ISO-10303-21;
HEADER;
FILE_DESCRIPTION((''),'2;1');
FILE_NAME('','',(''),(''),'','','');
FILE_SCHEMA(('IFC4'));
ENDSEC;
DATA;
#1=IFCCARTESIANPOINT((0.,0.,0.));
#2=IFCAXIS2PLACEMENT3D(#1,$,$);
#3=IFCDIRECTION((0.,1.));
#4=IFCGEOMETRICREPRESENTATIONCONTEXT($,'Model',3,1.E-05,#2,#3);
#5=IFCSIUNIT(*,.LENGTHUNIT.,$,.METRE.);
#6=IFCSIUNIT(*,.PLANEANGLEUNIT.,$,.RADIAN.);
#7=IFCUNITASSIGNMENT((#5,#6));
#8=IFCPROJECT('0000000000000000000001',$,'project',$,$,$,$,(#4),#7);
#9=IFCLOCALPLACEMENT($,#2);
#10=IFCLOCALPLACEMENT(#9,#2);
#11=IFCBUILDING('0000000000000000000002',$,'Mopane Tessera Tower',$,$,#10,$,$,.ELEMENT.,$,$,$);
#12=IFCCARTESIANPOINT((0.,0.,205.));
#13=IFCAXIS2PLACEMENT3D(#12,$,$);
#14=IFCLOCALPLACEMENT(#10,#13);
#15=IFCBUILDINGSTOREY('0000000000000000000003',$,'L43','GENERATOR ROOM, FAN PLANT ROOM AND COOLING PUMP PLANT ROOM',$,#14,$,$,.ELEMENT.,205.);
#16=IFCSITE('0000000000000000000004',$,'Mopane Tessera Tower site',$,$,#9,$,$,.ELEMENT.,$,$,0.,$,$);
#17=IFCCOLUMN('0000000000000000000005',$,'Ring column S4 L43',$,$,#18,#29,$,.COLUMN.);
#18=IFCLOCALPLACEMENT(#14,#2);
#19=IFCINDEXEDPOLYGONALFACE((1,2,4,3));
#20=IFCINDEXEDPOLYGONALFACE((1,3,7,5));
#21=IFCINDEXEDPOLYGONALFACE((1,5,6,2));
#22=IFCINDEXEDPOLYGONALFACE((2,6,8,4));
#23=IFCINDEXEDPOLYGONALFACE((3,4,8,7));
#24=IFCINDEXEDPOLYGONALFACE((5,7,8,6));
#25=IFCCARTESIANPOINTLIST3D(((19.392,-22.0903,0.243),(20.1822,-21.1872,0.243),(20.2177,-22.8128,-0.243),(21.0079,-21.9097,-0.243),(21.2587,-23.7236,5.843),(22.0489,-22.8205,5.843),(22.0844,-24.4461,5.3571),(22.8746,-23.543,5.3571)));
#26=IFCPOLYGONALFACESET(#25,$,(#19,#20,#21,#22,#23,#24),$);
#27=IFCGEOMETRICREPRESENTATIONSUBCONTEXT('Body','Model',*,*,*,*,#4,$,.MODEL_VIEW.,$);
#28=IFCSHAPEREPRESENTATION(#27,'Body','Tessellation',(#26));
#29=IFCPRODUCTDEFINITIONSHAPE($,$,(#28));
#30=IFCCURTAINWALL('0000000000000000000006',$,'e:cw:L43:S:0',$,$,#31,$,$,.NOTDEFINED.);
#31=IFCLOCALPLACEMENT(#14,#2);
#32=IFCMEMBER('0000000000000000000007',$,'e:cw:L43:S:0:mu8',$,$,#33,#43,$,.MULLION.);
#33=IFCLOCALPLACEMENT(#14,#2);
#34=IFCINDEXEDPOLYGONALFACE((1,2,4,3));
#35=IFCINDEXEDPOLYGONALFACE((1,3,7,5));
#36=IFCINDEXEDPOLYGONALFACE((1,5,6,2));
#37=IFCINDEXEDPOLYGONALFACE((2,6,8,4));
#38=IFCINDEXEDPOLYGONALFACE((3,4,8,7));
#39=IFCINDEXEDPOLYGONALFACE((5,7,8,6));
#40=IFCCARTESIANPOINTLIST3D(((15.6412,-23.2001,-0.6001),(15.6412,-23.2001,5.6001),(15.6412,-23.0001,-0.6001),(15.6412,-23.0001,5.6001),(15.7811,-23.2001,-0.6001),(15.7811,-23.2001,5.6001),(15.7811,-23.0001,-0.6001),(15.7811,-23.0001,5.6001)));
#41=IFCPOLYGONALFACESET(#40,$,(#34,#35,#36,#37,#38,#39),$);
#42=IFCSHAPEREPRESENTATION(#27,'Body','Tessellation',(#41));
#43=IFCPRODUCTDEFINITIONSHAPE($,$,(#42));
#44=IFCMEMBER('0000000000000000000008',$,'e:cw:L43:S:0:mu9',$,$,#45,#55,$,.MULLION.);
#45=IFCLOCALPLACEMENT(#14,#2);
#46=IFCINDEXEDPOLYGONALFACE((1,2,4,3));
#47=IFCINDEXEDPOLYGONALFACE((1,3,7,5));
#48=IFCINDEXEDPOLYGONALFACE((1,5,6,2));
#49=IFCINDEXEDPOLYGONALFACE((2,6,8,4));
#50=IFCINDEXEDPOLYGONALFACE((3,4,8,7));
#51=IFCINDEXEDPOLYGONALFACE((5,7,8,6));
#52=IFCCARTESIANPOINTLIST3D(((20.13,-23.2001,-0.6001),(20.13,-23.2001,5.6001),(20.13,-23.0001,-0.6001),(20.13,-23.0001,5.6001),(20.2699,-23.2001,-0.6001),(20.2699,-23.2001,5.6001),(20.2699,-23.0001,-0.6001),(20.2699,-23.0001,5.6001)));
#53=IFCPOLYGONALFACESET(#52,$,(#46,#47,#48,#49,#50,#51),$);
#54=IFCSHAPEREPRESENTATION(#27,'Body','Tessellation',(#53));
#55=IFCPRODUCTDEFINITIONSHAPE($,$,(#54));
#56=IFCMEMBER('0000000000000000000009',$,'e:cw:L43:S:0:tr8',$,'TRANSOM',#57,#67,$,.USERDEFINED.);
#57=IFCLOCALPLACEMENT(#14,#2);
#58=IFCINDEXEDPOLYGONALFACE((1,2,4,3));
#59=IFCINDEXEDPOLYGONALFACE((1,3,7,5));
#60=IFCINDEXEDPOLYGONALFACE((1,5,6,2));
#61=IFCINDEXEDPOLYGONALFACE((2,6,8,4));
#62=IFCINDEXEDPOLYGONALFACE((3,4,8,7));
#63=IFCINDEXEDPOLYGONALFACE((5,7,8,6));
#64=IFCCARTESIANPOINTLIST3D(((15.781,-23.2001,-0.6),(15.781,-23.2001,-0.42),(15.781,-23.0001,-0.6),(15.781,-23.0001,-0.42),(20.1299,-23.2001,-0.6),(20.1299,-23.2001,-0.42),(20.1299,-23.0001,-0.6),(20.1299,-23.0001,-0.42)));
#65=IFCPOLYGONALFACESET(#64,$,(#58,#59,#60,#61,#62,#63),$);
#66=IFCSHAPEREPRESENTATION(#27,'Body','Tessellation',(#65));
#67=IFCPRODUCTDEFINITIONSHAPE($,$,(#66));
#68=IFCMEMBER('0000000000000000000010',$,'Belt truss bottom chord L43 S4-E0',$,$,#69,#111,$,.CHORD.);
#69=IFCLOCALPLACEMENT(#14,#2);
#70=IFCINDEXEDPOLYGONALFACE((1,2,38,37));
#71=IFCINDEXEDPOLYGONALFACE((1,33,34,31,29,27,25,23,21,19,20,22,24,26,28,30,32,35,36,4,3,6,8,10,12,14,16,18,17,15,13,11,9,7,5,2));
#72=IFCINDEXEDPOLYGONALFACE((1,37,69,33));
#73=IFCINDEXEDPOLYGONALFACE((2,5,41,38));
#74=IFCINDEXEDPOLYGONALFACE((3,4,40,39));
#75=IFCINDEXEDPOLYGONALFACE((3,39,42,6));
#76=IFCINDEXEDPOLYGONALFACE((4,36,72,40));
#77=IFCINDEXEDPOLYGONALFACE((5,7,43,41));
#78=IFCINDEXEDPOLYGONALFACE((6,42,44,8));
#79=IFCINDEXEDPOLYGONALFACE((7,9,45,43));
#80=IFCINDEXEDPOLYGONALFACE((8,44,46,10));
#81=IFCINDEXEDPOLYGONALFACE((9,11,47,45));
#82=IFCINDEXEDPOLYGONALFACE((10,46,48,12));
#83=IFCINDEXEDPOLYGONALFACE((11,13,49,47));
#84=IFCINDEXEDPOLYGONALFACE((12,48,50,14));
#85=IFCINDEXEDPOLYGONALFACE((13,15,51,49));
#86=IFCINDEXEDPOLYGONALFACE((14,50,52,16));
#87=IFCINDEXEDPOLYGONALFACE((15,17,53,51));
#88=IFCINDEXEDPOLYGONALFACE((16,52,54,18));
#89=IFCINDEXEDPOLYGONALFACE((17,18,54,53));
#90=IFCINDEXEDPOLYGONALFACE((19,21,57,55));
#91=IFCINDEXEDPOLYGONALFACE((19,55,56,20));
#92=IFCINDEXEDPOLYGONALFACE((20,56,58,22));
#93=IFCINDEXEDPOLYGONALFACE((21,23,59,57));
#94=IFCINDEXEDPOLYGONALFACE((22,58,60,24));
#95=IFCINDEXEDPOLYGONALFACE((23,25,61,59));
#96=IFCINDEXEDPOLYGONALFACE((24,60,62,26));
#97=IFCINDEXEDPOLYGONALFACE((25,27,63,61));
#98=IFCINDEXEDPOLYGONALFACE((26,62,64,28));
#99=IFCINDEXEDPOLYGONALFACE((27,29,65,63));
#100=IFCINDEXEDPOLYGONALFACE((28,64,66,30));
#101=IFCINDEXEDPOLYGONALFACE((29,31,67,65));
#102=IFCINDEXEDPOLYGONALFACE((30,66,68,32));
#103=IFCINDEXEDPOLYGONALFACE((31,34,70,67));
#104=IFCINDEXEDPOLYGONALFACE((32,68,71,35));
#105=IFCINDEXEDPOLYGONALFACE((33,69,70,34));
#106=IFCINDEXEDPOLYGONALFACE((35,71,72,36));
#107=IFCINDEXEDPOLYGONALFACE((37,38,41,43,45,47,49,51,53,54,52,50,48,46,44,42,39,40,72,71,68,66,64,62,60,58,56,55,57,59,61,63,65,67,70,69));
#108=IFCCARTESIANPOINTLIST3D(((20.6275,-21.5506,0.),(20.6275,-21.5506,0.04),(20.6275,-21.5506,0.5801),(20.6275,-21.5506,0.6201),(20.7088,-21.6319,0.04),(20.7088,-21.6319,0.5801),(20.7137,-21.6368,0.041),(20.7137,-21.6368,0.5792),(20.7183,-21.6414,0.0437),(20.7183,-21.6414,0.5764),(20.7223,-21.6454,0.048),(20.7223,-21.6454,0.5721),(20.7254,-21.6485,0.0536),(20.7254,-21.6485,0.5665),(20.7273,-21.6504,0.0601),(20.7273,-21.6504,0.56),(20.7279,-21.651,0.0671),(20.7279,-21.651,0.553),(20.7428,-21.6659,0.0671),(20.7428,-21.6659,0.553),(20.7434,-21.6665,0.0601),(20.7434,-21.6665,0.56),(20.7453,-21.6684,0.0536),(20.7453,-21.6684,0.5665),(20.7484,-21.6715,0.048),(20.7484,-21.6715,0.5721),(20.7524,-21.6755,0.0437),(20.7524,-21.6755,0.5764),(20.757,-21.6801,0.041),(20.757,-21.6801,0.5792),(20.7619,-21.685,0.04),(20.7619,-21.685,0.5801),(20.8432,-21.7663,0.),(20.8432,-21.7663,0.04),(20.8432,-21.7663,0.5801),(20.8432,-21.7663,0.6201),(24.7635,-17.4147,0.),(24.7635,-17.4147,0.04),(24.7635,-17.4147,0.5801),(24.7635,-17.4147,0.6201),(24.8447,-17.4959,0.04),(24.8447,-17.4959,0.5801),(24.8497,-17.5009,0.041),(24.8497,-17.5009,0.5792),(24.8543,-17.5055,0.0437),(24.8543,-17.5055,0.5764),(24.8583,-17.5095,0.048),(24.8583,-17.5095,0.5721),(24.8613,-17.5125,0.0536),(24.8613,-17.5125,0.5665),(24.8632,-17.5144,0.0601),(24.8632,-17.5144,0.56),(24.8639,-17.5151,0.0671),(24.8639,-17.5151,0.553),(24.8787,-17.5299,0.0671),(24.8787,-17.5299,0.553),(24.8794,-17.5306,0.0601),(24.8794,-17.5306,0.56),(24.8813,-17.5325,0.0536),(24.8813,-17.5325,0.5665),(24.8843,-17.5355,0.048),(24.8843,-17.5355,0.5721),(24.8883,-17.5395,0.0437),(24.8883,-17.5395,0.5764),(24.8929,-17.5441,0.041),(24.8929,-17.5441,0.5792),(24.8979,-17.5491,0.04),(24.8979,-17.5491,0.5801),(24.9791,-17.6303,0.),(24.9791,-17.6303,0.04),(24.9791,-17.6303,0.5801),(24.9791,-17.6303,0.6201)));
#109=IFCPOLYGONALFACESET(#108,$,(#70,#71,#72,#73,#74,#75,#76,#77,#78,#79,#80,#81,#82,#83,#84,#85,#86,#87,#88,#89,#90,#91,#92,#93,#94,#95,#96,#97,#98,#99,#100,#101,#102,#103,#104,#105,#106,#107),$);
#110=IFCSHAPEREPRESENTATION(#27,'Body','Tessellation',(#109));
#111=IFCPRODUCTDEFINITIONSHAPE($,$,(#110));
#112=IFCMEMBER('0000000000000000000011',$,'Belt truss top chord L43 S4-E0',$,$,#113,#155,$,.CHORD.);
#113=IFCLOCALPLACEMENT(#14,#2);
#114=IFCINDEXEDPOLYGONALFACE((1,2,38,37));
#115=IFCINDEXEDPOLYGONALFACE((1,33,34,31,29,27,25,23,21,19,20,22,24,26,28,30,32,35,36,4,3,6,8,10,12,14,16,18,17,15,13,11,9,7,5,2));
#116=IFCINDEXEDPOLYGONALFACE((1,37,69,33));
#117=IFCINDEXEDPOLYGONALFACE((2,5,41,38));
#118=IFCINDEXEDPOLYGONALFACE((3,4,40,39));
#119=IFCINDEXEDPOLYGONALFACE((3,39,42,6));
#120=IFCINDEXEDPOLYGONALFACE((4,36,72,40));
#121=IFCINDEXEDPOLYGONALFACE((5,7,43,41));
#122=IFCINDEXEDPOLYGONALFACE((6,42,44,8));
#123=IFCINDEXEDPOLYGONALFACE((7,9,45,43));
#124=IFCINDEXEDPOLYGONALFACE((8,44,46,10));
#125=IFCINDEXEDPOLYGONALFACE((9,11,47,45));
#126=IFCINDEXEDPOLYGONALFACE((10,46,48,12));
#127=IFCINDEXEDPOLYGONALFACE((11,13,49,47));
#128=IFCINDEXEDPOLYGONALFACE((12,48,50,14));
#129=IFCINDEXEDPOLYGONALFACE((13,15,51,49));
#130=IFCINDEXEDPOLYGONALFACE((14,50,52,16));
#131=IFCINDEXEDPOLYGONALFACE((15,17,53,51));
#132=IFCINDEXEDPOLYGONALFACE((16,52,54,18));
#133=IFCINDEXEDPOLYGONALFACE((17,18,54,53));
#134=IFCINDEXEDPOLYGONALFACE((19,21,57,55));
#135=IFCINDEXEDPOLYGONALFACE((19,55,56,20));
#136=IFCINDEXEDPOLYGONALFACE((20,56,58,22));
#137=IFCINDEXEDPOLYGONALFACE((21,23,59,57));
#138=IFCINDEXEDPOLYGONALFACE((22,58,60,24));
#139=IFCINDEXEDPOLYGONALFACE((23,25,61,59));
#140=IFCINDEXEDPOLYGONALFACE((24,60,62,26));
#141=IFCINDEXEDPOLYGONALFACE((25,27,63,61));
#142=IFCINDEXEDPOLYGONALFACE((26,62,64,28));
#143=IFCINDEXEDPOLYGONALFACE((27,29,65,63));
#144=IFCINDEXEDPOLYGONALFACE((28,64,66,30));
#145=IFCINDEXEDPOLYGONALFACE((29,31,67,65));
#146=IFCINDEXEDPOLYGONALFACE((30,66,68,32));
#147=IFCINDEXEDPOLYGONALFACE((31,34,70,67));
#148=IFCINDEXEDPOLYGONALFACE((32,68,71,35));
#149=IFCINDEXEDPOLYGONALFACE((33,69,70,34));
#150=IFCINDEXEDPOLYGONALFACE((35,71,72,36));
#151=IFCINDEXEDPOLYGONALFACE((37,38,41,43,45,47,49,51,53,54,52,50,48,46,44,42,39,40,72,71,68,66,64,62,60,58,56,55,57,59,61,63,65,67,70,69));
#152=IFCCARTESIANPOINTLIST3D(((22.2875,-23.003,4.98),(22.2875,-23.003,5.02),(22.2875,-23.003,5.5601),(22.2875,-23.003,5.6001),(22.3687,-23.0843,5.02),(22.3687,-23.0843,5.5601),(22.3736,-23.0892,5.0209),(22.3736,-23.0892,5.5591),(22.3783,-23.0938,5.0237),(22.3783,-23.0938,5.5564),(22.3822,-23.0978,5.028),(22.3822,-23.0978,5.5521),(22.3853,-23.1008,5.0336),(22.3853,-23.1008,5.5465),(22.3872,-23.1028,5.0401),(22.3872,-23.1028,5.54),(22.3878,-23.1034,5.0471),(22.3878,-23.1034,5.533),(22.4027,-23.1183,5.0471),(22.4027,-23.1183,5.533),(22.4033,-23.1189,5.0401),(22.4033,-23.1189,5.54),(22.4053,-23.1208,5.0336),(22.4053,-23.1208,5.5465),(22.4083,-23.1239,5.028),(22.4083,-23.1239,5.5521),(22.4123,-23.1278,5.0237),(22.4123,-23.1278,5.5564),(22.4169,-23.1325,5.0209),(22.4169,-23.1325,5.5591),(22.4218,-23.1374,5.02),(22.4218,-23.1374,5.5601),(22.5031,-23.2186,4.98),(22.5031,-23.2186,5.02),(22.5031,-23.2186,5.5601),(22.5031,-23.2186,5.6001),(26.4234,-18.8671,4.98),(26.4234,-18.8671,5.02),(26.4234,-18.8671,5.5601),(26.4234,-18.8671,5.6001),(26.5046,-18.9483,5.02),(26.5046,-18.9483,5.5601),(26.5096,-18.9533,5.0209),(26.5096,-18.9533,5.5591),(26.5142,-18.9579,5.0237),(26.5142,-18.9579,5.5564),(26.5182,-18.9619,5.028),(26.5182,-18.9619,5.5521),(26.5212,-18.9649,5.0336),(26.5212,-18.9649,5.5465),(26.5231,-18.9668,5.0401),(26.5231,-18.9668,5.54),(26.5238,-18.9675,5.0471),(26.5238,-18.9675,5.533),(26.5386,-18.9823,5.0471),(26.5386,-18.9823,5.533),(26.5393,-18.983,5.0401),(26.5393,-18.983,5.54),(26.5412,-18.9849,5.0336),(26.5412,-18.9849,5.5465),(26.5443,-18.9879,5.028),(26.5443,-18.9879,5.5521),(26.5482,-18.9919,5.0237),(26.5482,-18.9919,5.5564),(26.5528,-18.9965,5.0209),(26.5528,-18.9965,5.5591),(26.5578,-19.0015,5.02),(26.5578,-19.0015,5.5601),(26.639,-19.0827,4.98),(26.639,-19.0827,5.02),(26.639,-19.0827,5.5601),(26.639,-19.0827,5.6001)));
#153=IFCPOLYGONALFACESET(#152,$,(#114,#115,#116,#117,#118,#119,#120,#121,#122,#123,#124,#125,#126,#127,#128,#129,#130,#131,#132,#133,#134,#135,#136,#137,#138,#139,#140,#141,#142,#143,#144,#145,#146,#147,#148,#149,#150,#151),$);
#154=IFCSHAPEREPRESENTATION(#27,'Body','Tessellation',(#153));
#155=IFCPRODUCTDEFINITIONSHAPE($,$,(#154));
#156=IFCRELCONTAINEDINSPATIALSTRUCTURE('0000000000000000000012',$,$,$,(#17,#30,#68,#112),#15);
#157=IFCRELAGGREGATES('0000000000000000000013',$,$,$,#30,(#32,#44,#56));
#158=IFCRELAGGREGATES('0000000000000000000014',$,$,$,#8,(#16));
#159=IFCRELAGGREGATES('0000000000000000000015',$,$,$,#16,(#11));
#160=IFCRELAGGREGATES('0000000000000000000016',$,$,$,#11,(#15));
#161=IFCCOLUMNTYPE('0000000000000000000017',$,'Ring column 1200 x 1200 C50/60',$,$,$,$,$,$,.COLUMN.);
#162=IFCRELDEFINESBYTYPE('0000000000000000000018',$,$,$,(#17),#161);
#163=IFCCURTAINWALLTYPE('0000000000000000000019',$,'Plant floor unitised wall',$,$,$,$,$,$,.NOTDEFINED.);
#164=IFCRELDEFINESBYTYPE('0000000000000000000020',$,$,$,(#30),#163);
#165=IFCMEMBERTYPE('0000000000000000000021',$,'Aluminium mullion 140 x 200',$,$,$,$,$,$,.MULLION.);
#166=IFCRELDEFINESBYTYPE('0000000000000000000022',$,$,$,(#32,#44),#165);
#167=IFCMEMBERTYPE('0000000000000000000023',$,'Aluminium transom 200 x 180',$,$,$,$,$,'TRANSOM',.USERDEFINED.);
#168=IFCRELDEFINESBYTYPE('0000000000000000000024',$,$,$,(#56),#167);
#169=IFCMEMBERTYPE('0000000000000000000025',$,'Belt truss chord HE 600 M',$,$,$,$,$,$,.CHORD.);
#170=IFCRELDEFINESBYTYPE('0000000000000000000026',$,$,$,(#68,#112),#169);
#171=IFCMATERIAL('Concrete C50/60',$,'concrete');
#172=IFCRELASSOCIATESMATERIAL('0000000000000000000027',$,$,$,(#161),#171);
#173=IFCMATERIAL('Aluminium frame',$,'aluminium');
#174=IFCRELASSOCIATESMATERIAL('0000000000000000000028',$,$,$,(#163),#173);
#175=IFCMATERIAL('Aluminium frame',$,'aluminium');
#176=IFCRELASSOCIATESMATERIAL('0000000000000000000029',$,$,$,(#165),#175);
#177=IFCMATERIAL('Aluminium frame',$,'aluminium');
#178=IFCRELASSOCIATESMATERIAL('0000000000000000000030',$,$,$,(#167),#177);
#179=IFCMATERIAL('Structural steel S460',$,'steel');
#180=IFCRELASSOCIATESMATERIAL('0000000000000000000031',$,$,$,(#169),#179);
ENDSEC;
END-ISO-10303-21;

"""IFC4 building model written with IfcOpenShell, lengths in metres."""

from ifc_helpers import new_model, si_unit, direction, frame, origin, origin_2d, place, context, subcontext, project, spatial, rectangle, i_section, extrude, material, material_profile, profile_set, type_object, element, aggregate, save


model = new_model("IFC4")

# Units and contexts
model_context = context("Model", 3, precision=1e-05, world=origin(), true_north=direction((0.0, 1.0)))
body_context = subcontext(model_context, "Body", "Model", "MODEL_VIEW")
ifc_project = project(units=[si_unit("LENGTHUNIT", "METRE"), si_unit("PLANEANGLEUNIT", "RADIAN")], contexts=[model_context])

# Site, building, storey
site_placement = place(None, origin())
site = spatial("IfcSite", under=ifc_project, at=site_placement, Name="Mopane Tessera Tower site", CompositionType="ELEMENT", RefElevation=0.0)
building_placement = place(site_placement, origin())
building = spatial("IfcBuilding", under=site, at=building_placement, Name="Mopane Tessera Tower", CompositionType="ELEMENT")
storey_placement = place(building_placement, frame((0.0, 0.0, 205.0)))
storey = spatial("IfcBuildingStorey", under=building, at=storey_placement, Name="L43", Description="GENERATOR ROOM, FAN PLANT ROOM AND COOLING PUMP PLANT ROOM", CompositionType="ELEMENT", Elevation=205.0)

# Column
ifc_material_1 = material(Name="Concrete C50/60", Category="concrete")
ifc_material_profile_1 = material_profile(ifc_material_1, rectangle(XDim=1.2, YDim=1.2, at=origin_2d()))
ifc_profile_set_1 = profile_set([ifc_material_profile_1], Name="Concrete C50/60")
column_type = type_object("IfcColumnType", Name="Ring column 1200 x 1200 C50/60", PredefinedType="COLUMN", material=ifc_profile_set_1)
column_placement = place(storey_placement, frame((20.2, -22.0, 0.0), z_axis=(0.304777, -0.26667, 0.91433), x_axis=(0.658491, 0.752589, 0.0)))
element("IfcColumn", 1, at=column_placement, inside=storey, type_object=column_type, Name="Ring column S4 L43", PredefinedType="COLUMN", context=body_context, shape_type="SweptSolid", body=[
    extrude(rectangle(XDim=1.2, YDim=1.2, at=origin_2d()), origin(), (0.0, 0.0, 1.0), 6.1248),
])

# Curtain wall, members
ifc_material_2 = material(Name="Aluminium frame", Category="aluminium")
curtain_wall_type = type_object("IfcCurtainWallType", Name="Plant floor unitised wall", PredefinedType="NOTDEFINED", material=ifc_material_2)
curtain_wall_placement = place(storey_placement, origin())
curtain_wall = element("IfcCurtainWall", 2, at=curtain_wall_placement, inside=storey, type_object=curtain_wall_type, Name="e:cw:L43:S:0", PredefinedType="NOTDEFINED")
ifc_material_3 = material(Name="Aluminium frame", Category="aluminium")
ifc_material_profile_2 = material_profile(ifc_material_3, rectangle(XDim=0.1399, YDim=0.2, at=origin_2d()))
ifc_profile_set_2 = profile_set([ifc_material_profile_2], Name="Aluminium frame")
member_type_1 = type_object("IfcMemberType", Name="Aluminium mullion 140 x 200", PredefinedType="MULLION", material=ifc_profile_set_2)
member_1_placement = place(storey_placement, frame((15.7112, -23.1001, -0.6001), z_axis=(0.0, 0.0, 1.0), x_axis=(1.0, 0.0, 0.0)))
member_1 = element("IfcMember", 3, at=member_1_placement, type_object=member_type_1, Name="e:cw:L43:S:0:mu8", PredefinedType="MULLION", context=body_context, shape_type="SweptSolid", body=[
    extrude(rectangle(XDim=0.1399, YDim=0.2, at=origin_2d()), origin(), (0.0, 0.0, 1.0), 6.2002),
])
member_2_placement = place(storey_placement, frame((20.2, -23.1001, -0.6001), z_axis=(0.0, 0.0, 1.0), x_axis=(1.0, 0.0, 0.0)))
member_2 = element("IfcMember", 4, at=member_2_placement, type_object=member_type_1, Name="e:cw:L43:S:0:mu9", PredefinedType="MULLION", context=body_context, shape_type="SweptSolid", body=[
    extrude(rectangle(XDim=0.1399, YDim=0.2, at=origin_2d()), origin(), (0.0, 0.0, 1.0), 6.2002),
])
ifc_material_4 = material(Name="Aluminium frame", Category="aluminium")
ifc_material_profile_3 = material_profile(ifc_material_4, rectangle(XDim=0.2, YDim=0.1799, at=origin_2d()))
ifc_profile_set_3 = profile_set([ifc_material_profile_3], Name="Aluminium frame")
member_type_2 = type_object("IfcMemberType", Name="Aluminium transom 200 x 180", ElementType="TRANSOM", PredefinedType="USERDEFINED", material=ifc_profile_set_3)
member_3_placement = place(storey_placement, frame((15.781, -23.1001, -0.51), z_axis=(1.0, 0.0, 0.0), x_axis=(0.0, 1.0, 0.0)))
member_3 = element("IfcMember", 5, at=member_3_placement, type_object=member_type_2, Name="e:cw:L43:S:0:tr8", ObjectType="TRANSOM", PredefinedType="USERDEFINED", context=body_context, shape_type="SweptSolid", body=[
    extrude(rectangle(XDim=0.2, YDim=0.1799, at=origin_2d()), origin(), (0.0, 0.0, 1.0), 4.3489),
])

# Members
ifc_material_5 = material(Name="Structural steel S460", Category="steel")
ifc_material_profile_4 = material_profile(ifc_material_5, i_section(OverallWidth=0.3049, OverallDepth=0.6201, WebThickness=0.021, FlangeThickness=0.04, FilletRadius=0.0271, at=origin_2d()))
ifc_profile_set_4 = profile_set([ifc_material_profile_4], Name="Structural steel S460")
member_type_3 = type_object("IfcMemberType", Name="Belt truss chord HE 600 M", PredefinedType="CHORD", material=ifc_profile_set_4)
for number, where, z_axis, x_axis, name in (
    (6, (20.7354, -21.6584, 0.3101), (0.707107, 0.707107, 0.0), (-0.707107, 0.707107, 0.0), "Belt truss bottom chord L43 S4-E0"),
    (7, (22.3953, -23.1108, 5.29), (0.707107, 0.707107, 0.0), (-0.707107, 0.707107, 0.0), "Belt truss top chord L43 S4-E0"),
):
    element("IfcMember", number, at=place(storey_placement, frame(where, z_axis=z_axis, x_axis=x_axis)), inside=storey, type_object=member_type_3, Name=name, PredefinedType="CHORD", context=body_context, shape_type="SweptSolid", body=[
        extrude(i_section(OverallWidth=0.3049, OverallDepth=0.6201, WebThickness=0.021, FlangeThickness=0.04, FilletRadius=0.0271, at=origin_2d()), origin(), (0.0, 0.0, 1.0), 5.8491),
    ])

aggregate(curtain_wall, [member_1, member_2, member_3])

save(model, "model.ifc")
